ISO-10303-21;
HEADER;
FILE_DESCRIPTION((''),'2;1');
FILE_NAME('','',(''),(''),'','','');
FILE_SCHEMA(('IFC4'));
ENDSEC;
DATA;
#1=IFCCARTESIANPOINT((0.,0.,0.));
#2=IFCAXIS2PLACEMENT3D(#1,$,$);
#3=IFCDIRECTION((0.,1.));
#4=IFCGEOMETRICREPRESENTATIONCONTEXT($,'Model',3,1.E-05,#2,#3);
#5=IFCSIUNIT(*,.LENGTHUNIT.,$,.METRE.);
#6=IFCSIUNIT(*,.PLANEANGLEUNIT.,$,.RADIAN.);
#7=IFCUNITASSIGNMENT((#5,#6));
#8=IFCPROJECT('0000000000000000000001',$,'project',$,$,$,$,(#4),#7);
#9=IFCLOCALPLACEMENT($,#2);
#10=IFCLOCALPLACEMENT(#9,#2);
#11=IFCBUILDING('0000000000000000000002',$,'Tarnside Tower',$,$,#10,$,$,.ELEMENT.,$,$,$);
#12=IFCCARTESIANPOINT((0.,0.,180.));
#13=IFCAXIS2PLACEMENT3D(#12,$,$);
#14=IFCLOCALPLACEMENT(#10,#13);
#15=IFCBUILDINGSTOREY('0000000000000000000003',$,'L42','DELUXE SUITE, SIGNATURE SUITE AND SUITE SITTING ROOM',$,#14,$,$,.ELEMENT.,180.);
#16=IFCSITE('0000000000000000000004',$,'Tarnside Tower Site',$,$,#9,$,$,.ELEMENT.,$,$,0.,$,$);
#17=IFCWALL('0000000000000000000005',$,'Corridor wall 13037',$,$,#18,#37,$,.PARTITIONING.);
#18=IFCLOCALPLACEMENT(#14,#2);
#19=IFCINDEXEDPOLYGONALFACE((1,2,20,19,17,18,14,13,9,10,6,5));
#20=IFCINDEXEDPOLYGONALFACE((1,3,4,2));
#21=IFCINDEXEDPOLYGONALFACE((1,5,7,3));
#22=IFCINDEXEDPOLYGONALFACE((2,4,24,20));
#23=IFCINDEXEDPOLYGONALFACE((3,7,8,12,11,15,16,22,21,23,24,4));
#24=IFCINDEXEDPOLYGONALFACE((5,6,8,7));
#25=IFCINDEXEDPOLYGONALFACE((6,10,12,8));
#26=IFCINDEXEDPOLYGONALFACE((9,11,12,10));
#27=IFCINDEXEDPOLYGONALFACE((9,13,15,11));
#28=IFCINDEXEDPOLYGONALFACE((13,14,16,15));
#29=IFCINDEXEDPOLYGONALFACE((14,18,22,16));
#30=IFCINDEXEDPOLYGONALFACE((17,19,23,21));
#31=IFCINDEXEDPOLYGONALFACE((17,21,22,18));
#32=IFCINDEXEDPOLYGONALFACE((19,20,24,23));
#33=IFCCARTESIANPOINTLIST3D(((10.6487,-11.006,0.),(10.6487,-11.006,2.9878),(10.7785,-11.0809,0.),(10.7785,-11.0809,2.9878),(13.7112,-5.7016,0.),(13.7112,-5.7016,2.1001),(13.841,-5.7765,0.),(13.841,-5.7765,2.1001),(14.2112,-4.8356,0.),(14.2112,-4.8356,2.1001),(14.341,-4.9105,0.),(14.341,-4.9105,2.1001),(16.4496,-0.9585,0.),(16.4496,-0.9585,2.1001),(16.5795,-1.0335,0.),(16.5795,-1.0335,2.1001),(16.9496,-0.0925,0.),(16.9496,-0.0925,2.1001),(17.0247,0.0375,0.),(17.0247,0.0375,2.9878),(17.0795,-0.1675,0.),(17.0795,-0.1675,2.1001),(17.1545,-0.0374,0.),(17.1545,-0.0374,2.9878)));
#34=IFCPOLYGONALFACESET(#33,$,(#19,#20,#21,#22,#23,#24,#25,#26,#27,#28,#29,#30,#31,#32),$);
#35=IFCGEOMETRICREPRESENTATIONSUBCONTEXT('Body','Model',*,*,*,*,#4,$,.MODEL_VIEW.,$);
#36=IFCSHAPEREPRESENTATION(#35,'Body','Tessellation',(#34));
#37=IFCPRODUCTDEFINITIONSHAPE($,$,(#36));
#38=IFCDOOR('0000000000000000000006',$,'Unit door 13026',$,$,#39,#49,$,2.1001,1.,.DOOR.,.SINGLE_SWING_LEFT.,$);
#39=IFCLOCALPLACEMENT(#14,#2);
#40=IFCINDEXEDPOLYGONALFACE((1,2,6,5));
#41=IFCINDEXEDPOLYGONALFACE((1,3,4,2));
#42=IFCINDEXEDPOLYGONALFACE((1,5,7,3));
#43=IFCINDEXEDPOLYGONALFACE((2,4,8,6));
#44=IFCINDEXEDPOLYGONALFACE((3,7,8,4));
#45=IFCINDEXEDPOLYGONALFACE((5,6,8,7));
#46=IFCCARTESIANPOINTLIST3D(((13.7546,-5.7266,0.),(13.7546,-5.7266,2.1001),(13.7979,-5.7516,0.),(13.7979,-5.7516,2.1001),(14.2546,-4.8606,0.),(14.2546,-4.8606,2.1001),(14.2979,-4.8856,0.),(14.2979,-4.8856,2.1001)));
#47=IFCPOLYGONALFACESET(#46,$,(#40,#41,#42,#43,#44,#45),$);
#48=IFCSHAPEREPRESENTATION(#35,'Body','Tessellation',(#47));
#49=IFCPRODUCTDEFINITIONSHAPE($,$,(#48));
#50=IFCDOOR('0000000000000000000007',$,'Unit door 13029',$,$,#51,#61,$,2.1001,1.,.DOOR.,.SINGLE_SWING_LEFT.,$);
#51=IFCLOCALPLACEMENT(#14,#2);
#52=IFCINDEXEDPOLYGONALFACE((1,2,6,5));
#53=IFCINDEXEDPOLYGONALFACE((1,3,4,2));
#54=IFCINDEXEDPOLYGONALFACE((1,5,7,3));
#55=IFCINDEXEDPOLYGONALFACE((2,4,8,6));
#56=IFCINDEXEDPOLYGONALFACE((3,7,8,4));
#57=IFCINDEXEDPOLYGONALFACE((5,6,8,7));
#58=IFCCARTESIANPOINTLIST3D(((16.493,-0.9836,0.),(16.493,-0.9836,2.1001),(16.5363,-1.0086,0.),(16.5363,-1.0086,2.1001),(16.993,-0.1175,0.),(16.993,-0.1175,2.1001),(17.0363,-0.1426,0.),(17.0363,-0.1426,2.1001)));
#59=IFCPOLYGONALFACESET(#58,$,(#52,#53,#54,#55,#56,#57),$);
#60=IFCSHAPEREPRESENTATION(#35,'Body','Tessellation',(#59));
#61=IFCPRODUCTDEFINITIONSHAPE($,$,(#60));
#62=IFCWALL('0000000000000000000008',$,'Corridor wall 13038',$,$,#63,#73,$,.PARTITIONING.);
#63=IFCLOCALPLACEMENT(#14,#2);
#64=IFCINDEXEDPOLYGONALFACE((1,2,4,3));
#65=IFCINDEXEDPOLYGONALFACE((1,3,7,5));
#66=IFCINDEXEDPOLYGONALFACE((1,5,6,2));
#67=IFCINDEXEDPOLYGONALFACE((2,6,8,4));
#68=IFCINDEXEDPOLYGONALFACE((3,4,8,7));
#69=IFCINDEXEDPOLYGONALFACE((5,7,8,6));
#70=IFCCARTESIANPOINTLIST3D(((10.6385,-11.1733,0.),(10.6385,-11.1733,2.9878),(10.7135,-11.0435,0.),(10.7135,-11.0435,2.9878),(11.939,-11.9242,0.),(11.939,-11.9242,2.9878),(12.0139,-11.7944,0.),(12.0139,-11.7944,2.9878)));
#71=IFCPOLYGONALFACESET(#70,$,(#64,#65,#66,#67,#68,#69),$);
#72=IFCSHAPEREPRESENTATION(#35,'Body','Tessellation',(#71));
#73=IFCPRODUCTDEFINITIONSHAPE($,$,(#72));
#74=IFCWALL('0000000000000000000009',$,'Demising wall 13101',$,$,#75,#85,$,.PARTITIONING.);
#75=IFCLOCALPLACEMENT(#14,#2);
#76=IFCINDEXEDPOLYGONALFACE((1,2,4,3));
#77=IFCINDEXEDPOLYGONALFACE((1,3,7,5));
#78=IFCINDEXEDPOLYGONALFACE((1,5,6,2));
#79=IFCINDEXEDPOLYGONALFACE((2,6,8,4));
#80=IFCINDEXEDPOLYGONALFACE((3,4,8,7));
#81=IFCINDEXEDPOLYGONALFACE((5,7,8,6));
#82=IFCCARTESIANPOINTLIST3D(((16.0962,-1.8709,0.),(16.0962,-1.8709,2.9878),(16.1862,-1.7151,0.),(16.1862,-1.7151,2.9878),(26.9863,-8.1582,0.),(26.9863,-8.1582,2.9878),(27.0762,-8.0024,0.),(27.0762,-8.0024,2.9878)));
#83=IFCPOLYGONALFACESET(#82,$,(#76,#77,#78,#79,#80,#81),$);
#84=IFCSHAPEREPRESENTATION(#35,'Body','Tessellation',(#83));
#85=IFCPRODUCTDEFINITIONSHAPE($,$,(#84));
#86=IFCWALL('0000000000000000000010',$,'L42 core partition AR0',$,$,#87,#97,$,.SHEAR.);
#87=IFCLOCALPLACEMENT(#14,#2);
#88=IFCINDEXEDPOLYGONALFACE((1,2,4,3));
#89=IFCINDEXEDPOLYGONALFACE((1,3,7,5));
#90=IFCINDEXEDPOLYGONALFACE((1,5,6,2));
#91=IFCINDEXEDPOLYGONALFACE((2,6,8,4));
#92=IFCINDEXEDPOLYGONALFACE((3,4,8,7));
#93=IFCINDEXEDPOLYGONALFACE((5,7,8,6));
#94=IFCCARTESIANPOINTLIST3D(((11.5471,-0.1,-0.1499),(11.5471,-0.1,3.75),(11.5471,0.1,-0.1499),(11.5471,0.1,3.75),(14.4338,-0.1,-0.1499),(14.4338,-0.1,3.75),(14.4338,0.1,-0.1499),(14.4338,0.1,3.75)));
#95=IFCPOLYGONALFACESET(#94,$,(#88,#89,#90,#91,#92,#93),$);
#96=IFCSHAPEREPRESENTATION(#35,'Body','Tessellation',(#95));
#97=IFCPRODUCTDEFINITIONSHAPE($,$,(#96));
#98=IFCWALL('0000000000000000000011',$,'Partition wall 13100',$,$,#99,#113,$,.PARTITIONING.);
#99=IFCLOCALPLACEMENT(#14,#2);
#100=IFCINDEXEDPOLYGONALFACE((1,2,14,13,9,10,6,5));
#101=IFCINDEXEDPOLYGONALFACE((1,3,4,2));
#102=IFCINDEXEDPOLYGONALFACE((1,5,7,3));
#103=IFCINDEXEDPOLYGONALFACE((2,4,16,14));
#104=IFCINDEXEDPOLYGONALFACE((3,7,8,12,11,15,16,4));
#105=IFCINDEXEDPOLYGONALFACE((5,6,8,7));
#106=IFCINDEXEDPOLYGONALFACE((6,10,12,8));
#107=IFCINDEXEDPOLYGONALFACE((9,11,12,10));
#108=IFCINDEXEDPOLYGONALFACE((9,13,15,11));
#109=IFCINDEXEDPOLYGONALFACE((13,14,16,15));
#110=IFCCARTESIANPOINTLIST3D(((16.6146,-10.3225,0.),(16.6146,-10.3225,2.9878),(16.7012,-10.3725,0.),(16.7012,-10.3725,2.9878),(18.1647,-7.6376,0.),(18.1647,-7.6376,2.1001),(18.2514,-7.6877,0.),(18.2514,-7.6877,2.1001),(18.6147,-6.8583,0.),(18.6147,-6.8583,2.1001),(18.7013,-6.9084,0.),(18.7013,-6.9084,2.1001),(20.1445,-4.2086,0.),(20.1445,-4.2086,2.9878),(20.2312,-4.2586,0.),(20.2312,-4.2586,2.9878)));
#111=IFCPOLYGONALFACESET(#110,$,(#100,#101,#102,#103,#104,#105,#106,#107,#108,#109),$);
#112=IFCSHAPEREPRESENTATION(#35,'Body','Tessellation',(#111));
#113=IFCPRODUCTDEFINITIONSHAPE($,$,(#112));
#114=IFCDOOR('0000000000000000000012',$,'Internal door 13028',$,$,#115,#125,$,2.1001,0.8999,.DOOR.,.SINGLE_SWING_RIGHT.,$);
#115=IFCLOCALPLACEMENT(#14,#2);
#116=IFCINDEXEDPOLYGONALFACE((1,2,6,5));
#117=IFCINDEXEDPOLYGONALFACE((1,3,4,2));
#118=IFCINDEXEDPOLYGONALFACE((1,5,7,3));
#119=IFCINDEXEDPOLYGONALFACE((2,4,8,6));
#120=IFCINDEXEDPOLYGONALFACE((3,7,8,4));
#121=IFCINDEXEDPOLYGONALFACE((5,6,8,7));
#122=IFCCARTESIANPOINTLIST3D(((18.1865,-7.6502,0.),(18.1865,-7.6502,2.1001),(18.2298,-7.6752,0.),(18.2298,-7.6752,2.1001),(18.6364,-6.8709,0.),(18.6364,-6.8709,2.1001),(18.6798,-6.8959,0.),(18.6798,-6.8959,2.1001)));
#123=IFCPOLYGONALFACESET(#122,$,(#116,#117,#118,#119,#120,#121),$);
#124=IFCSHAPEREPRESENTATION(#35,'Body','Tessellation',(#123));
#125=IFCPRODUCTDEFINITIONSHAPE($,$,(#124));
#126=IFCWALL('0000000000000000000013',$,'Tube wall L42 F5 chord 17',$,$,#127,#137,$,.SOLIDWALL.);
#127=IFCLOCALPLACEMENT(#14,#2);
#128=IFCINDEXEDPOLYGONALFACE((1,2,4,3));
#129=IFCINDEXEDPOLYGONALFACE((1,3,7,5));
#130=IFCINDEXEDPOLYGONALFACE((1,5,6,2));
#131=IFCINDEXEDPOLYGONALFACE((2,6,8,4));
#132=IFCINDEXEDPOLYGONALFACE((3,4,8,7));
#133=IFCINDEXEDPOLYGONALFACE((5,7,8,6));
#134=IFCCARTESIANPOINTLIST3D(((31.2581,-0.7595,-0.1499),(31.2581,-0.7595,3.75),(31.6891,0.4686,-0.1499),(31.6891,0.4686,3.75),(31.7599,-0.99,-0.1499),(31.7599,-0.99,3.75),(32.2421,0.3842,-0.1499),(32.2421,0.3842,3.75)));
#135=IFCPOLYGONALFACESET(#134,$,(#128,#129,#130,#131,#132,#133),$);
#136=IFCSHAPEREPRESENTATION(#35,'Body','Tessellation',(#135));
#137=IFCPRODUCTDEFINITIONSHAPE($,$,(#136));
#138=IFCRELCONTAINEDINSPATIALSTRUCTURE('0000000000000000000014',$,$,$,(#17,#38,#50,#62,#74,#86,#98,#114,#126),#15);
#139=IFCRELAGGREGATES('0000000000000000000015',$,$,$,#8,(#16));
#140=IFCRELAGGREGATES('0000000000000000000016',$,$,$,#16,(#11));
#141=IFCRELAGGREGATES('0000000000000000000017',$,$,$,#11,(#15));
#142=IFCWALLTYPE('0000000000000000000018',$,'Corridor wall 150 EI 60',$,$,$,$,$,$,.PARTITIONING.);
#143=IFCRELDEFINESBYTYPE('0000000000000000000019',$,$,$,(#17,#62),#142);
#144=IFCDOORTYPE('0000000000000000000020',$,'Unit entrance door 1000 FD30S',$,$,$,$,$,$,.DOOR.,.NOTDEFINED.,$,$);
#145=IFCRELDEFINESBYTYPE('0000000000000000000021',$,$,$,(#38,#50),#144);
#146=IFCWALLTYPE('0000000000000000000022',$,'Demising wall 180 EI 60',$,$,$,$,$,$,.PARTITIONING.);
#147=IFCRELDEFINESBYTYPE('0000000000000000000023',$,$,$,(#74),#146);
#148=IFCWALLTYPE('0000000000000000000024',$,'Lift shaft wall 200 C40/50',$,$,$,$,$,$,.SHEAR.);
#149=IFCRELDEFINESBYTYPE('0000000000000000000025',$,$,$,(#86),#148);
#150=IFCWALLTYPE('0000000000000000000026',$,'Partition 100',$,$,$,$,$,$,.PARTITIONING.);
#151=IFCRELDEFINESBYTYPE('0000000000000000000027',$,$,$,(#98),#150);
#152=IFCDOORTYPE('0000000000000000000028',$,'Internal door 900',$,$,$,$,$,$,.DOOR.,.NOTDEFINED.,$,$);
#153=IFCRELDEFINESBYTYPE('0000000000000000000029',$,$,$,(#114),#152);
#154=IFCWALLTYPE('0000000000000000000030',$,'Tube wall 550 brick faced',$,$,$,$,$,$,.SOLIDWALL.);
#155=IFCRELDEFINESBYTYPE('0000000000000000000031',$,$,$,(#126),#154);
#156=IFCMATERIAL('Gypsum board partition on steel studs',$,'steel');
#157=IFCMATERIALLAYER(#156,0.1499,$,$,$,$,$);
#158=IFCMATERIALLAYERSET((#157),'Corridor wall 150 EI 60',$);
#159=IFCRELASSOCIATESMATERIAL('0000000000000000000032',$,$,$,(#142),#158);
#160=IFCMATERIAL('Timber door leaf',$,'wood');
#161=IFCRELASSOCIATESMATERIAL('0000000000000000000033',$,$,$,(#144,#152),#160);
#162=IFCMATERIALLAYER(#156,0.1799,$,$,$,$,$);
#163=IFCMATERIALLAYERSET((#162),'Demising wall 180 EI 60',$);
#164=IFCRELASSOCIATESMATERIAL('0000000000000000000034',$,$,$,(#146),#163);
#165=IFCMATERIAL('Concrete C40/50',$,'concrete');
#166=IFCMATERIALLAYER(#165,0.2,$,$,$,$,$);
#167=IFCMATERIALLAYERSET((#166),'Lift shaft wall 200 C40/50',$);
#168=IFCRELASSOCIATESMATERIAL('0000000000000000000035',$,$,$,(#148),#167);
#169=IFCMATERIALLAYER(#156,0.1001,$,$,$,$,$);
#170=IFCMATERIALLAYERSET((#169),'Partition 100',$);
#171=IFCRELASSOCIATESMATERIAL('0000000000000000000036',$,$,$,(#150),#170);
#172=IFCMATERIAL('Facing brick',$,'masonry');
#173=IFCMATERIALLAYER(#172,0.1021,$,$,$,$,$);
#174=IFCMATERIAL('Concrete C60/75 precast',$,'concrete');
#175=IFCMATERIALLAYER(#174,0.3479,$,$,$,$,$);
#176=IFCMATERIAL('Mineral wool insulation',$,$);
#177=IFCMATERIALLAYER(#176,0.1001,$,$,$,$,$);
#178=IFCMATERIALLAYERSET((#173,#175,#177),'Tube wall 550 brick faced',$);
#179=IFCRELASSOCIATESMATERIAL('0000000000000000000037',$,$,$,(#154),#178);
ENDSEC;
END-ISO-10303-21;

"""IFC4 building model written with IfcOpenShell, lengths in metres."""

from ifc_helpers import new_model, si_unit, direction, frame, frame_2d, origin, place, context, subcontext, project, spatial, polyline, rectangle, outline, extrude, material, layer, layer_set, type_object, element, fill, save


model = new_model("IFC4")

# Units and contexts
model_context = context("Model", 3, precision=1e-05, world=origin(), true_north=direction((0.0, 1.0)))
body_context = subcontext(model_context, "Body", "Model", "MODEL_VIEW")
ifc_project = project(units=[si_unit("LENGTHUNIT", "METRE"), si_unit("PLANEANGLEUNIT", "RADIAN")], contexts=[model_context])

# Site, building, storey
site_placement = place(None, origin())
site = spatial("IfcSite", under=ifc_project, at=site_placement, Name="Tarnside Tower Site", CompositionType="ELEMENT", RefElevation=0.0)
building_placement = place(site_placement, origin())
building = spatial("IfcBuilding", under=site, at=building_placement, Name="Tarnside Tower", CompositionType="ELEMENT")
storey_placement = place(building_placement, frame((0.0, 0.0, 180.0)))
storey = spatial("IfcBuildingStorey", under=building, at=storey_placement, Name="L42", Description="DELUXE SUITE, SIGNATURE SUITE AND SUITE SITTING ROOM", CompositionType="ELEMENT", Elevation=180.0)

# Shared definitions
ifc_material_1 = material(Name="Gypsum board partition on steel studs", Category="steel")

# Shared definitions
ifc_material_2 = material(Name="Timber door leaf", Category="wood")

# Wall, openings, doors
ifc_layer_1 = layer(ifc_material_1, 0.1499)
ifc_layer_set_1 = layer_set([ifc_layer_1], Name="Corridor wall 150 EI 60")
wall_type_1 = type_object("IfcWallType", Name="Corridor wall 150 EI 60", PredefinedType="PARTITIONING", material=ifc_layer_set_1)
wall_1_placement = place(storey_placement, frame((10.7136, -11.0435, 0.0), z_axis=(0.0, 0.0, 1.0), x_axis=(0.500002, 0.866024, 0.0)))
wall_1 = element("IfcWall", 1, at=wall_1_placement, inside=storey, type_object=wall_type_1, Name="Corridor wall 13037", PredefinedType="PARTITIONING", context=body_context, shape_type="SweptSolid", body=[
    extrude(rectangle(XDim=12.752, YDim=0.1499, at=frame_2d((6.376, 0.0))), origin(), (0.0, 0.0, 1.0), 2.9878),
])
opening_1_placement = place(wall_1_placement, frame((6.125, 0.0, 0.0)))
opening_1 = element("IfcOpeningElement", 2, at=opening_1_placement, cuts=wall_1, PredefinedType="OPENING", context=body_context, shape_type="SweptSolid", body=[
    extrude(rectangle(XDim=1.0, YDim=2.1001, at=frame_2d((0.5, 1.05))), frame((0.0, 0.085, 0.0), z_axis=(0.0, -1.0, 0.0), x_axis=(1.0, 0.0, 0.0)), (0.0, 0.0, 1.0), 0.1699),
])
opening_2_placement = place(wall_1_placement, frame((11.6018, 0.0, 0.0)))
opening_2 = element("IfcOpeningElement", 3, at=opening_2_placement, cuts=wall_1, PredefinedType="OPENING", context=body_context, shape_type="SweptSolid", body=[
    extrude(rectangle(XDim=1.0, YDim=2.1001, at=frame_2d((0.5, 1.05))), frame((0.0, 0.085, 0.0), z_axis=(0.0, -1.0, 0.0), x_axis=(1.0, 0.0, 0.0)), (0.0, 0.0, 1.0), 0.1699),
])
door_type_1 = type_object("IfcDoorType", Name="Unit entrance door 1000 FD30S", OperationType="NOTDEFINED", PredefinedType="DOOR", material=ifc_material_2)
door_1_placement = place(opening_1_placement, origin())
door_1 = element("IfcDoor", 4, at=door_1_placement, inside=storey, type_object=door_type_1, Name="Unit door 13026", OperationType="SINGLE_SWING_LEFT", OverallHeight=2.1001, OverallWidth=1.0, PredefinedType="DOOR", context=body_context, shape_type="SweptSolid", body=[
    extrude(rectangle(XDim=1.0, YDim=2.1001, at=frame_2d((0.5, 1.05))), frame((0.0, 0.0249, 0.0), z_axis=(0.0, -1.0, 0.0), x_axis=(1.0, 0.0, 0.0)), (0.0, 0.0, 1.0), 0.05),
])
fill(opening_1, door_1)
door_2_placement = place(opening_2_placement, origin())
door_2 = element("IfcDoor", 5, at=door_2_placement, inside=storey, type_object=door_type_1, Name="Unit door 13029", OperationType="SINGLE_SWING_LEFT", OverallHeight=2.1001, OverallWidth=1.0, PredefinedType="DOOR", context=body_context, shape_type="SweptSolid", body=[
    extrude(rectangle(XDim=1.0, YDim=2.1001, at=frame_2d((0.5, 1.05))), frame((0.0, 0.0249, 0.0), z_axis=(0.0, -1.0, 0.0), x_axis=(1.0, 0.0, 0.0)), (0.0, 0.0, 1.0), 0.05),
])
fill(opening_2, door_2)

# Walls
wall_2_placement = place(storey_placement, frame((11.9766, -11.8594, 0.0), z_axis=(0.0, 0.0, 1.0), x_axis=(-0.865993, 0.500055, 0.0)))
element("IfcWall", 6, at=wall_2_placement, inside=storey, type_object=wall_type_1, Name="Corridor wall 13038", PredefinedType="PARTITIONING", context=body_context, shape_type="SweptSolid", body=[
    extrude(rectangle(XDim=1.5017, YDim=0.1499, at=frame_2d((0.751, 0.0))), origin(), (0.0, 0.0, 1.0), 2.9878),
])
ifc_layer_2 = layer(ifc_material_1, 0.1799)
ifc_layer_set_2 = layer_set([ifc_layer_2], Name="Demising wall 180 EI 60")
wall_type_2 = type_object("IfcWallType", Name="Demising wall 180 EI 60", PredefinedType="PARTITIONING", material=ifc_layer_set_2)
wall_3_placement = place(storey_placement, frame((27.0312, -8.0803, 0.0), z_axis=(0.0, 0.0, 1.0), x_axis=(-0.866028, 0.499996, 0.0)))
element("IfcWall", 7, at=wall_3_placement, inside=storey, type_object=wall_type_2, Name="Demising wall 13101", PredefinedType="PARTITIONING", context=body_context, shape_type="SweptSolid", body=[
    extrude(rectangle(XDim=12.5747, YDim=0.1799, at=frame_2d((6.2874, 0.0))), origin(), (0.0, 0.0, 1.0), 2.9878),
])
ifc_material_3 = material(Name="Concrete C40/50", Category="concrete")
ifc_layer_3 = layer(ifc_material_3, 0.2)
ifc_layer_set_3 = layer_set([ifc_layer_3], Name="Lift shaft wall 200 C40/50")
wall_type_3 = type_object("IfcWallType", Name="Lift shaft wall 200 C40/50", PredefinedType="SHEAR", material=ifc_layer_set_3)
wall_4_placement = place(storey_placement, frame((11.5471, 0.0, -0.1499), z_axis=(0.0, 0.0, 1.0), x_axis=(1.0, 0.0, 0.0)))
element("IfcWall", 8, at=wall_4_placement, inside=storey, type_object=wall_type_3, Name="L42 core partition AR0", PredefinedType="SHEAR", context=body_context, shape_type="SweptSolid", body=[
    extrude(rectangle(XDim=2.8867, YDim=0.2, at=frame_2d((1.4434, 0.0))), origin(), (0.0, 0.0, 1.0), 3.8999),
])

# Wall, opening, door
ifc_layer_4 = layer(ifc_material_1, 0.1001)
ifc_layer_set_4 = layer_set([ifc_layer_4], Name="Partition 100")
wall_type_4 = type_object("IfcWallType", Name="Partition 100", PredefinedType="PARTITIONING", material=ifc_layer_set_4)
wall_5_placement = place(storey_placement, frame((16.658, -10.3474, 0.0), z_axis=(0.0, 0.0, 1.0), x_axis=(0.500011, 0.866019, 0.0)))
wall_5 = element("IfcWall", 9, at=wall_5_placement, inside=storey, type_object=wall_type_4, Name="Partition wall 13100", PredefinedType="PARTITIONING", context=body_context, shape_type="SweptSolid", body=[
    extrude(rectangle(XDim=7.0598, YDim=0.1001, at=frame_2d((3.5298, 0.0))), origin(), (0.0, 0.0, 1.0), 2.9878),
])
opening_3_placement = place(wall_5_placement, frame((3.1001, 0.0, 0.0)))
opening_3 = element("IfcOpeningElement", 10, at=opening_3_placement, cuts=wall_5, PredefinedType="OPENING", context=body_context, shape_type="SweptSolid", body=[
    extrude(rectangle(XDim=0.8999, YDim=2.1001, at=frame_2d((0.45, 1.05))), frame((0.0, 0.0601, 0.0), z_axis=(0.0, -1.0, 0.0), x_axis=(1.0, 0.0, 0.0)), (0.0, 0.0, 1.0), 0.1201),
])
door_type_2 = type_object("IfcDoorType", Name="Internal door 900", OperationType="NOTDEFINED", PredefinedType="DOOR", material=ifc_material_2)
door_3_placement = place(opening_3_placement, origin())
door_3 = element("IfcDoor", 11, at=door_3_placement, inside=storey, type_object=door_type_2, Name="Internal door 13028", OperationType="SINGLE_SWING_RIGHT", OverallHeight=2.1001, OverallWidth=0.8999, PredefinedType="DOOR", context=body_context, shape_type="SweptSolid", body=[
    extrude(rectangle(XDim=0.8999, YDim=2.1001, at=frame_2d((0.45, 1.05))), frame((0.0, 0.0249, 0.0), z_axis=(0.0, -1.0, 0.0), x_axis=(1.0, 0.0, 0.0)), (0.0, 0.0, 1.0), 0.05),
])
fill(opening_3, door_3)

# Wall
ifc_material_4 = material(Name="Facing brick", Category="masonry")
ifc_layer_5 = layer(ifc_material_4, 0.1021)
ifc_material_5 = material(Name="Concrete C60/75 precast", Category="concrete")
ifc_layer_6 = layer(ifc_material_5, 0.3479)
ifc_material_6 = material(Name="Mineral wool insulation")
ifc_layer_7 = layer(ifc_material_6, 0.1001)
ifc_layer_set_5 = layer_set([ifc_layer_5, ifc_layer_6, ifc_layer_7], Name="Tube wall 550 brick faced")
wall_type_5 = type_object("IfcWallType", Name="Tube wall 550 brick faced", PredefinedType="SOLIDWALL", material=ifc_layer_set_5)
wall_6_placement = place(storey_placement, frame((31.509, -0.8748, -0.1499), z_axis=(0.0, 0.0, 1.0), x_axis=(0.331115, 0.94359, 0.0)))
element("IfcWall", 12, at=wall_6_placement, inside=storey, type_object=wall_type_5, Name="Tube wall L42 F5 chord 17", PredefinedType="SOLIDWALL", context=body_context, shape_type="SweptSolid", body=[
    extrude(outline(polyline([(-0.0256, -0.2749), (1.4307, -0.2749), (1.3271, 0.2749), (0.0256, 0.2749), (-0.0256, -0.2749)])), origin(), (0.0, 0.0, 1.0), 3.8999),
])

save(model, "model.ifc")
